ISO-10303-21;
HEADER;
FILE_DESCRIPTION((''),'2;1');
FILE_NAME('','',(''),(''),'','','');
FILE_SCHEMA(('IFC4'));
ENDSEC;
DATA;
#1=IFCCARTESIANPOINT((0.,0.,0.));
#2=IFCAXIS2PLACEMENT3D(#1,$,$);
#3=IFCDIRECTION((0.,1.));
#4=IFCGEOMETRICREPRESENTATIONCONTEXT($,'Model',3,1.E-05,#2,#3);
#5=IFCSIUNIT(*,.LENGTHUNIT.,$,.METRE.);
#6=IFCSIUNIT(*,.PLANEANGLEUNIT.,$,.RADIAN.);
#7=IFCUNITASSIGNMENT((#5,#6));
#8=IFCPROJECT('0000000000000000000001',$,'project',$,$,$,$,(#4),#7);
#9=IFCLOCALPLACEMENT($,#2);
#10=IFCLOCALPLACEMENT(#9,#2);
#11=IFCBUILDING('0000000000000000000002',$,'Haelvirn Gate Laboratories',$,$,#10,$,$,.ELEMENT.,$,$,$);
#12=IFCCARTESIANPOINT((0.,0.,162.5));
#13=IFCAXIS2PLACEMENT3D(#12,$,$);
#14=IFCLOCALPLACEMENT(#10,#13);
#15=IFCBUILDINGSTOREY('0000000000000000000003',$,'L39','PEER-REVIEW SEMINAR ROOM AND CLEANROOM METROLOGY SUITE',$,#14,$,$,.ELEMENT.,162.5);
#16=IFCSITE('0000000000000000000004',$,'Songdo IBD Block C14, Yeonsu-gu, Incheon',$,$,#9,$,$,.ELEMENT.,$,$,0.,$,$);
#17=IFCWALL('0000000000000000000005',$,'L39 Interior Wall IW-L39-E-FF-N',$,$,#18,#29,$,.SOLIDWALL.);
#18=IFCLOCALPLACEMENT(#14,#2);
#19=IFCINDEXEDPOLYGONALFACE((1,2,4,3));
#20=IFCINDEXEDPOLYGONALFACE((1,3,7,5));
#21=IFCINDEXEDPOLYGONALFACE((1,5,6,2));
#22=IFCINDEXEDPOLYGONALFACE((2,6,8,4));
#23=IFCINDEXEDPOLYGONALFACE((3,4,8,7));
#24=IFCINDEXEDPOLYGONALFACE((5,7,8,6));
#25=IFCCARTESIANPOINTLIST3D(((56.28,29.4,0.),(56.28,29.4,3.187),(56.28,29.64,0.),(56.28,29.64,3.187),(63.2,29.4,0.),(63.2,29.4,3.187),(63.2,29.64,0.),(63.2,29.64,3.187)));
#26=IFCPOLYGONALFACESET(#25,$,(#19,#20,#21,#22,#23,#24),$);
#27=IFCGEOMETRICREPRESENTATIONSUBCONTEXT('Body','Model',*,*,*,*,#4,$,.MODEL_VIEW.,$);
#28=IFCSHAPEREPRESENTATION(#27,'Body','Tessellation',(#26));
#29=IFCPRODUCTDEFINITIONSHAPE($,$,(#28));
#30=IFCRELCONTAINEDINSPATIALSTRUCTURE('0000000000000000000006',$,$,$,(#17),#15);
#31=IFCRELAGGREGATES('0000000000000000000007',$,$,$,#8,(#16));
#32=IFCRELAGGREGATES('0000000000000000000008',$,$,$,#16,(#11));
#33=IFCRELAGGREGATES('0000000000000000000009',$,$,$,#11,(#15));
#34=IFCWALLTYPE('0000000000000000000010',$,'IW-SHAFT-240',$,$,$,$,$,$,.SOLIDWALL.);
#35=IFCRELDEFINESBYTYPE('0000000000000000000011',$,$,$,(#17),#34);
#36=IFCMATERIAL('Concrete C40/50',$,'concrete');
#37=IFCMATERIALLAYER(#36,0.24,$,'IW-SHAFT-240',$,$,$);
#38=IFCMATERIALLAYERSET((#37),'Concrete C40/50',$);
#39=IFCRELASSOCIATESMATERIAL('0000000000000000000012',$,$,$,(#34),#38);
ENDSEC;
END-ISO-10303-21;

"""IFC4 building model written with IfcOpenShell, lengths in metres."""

from ifc_helpers import new_model, si_unit, direction, frame, frame_2d, origin, place, context, subcontext, project, spatial, rectangle, extrude, material, layer, layer_set, type_object, element, save


model = new_model("IFC4")

# Units and contexts
model_context = context("Model", 3, precision=1e-05, world=origin(), true_north=direction((0.0, 1.0)))
body_context = subcontext(model_context, "Body", "Model", "MODEL_VIEW")
ifc_project = project(units=[si_unit("LENGTHUNIT", "METRE"), si_unit("PLANEANGLEUNIT", "RADIAN")], contexts=[model_context])

# Site, building, storey
site_placement = place(None, origin())
site = spatial("IfcSite", under=ifc_project, at=site_placement, Name="Songdo IBD Block C14, Yeonsu-gu, Incheon", CompositionType="ELEMENT", RefElevation=0.0)
building_placement = place(site_placement, origin())
building = spatial("IfcBuilding", under=site, at=building_placement, Name="Haelvirn Gate Laboratories", CompositionType="ELEMENT")
storey_placement = place(building_placement, frame((0.0, 0.0, 162.5)))
storey = spatial("IfcBuildingStorey", under=building, at=storey_placement, Name="L39", Description="PEER-REVIEW SEMINAR ROOM AND CLEANROOM METROLOGY SUITE", CompositionType="ELEMENT", Elevation=162.5)

# Shared definitions
ifc_material_1 = material(Name="Concrete C40/50", Category="concrete")

# Shared definitions
ifc_layer_1 = layer(ifc_material_1, 0.24, Name="IW-SHAFT-240")
ifc_layer_set_1 = layer_set([ifc_layer_1], Name="Concrete C40/50")
wall_type_1 = type_object("IfcWallType", Name="IW-SHAFT-240", PredefinedType="SOLIDWALL", material=ifc_layer_set_1)

# Wall
wall_1_placement = place(storey_placement, frame((56.28, 29.52, 0.0), z_axis=(0.0, 0.0, 1.0), x_axis=(1.0, 0.0, 0.0)))
element("IfcWall", 1, at=wall_1_placement, inside=storey, type_object=wall_type_1, Name="L39 Interior Wall IW-L39-E-FF-N", PredefinedType="SOLIDWALL", context=body_context, shape_type="SweptSolid", body=[
    extrude(rectangle(XDim=6.9199, YDim=0.24, at=frame_2d((3.46, 0.0))), origin(), (0.0, 0.0, 1.0), 3.187),
])

save(model, "model.ifc")
